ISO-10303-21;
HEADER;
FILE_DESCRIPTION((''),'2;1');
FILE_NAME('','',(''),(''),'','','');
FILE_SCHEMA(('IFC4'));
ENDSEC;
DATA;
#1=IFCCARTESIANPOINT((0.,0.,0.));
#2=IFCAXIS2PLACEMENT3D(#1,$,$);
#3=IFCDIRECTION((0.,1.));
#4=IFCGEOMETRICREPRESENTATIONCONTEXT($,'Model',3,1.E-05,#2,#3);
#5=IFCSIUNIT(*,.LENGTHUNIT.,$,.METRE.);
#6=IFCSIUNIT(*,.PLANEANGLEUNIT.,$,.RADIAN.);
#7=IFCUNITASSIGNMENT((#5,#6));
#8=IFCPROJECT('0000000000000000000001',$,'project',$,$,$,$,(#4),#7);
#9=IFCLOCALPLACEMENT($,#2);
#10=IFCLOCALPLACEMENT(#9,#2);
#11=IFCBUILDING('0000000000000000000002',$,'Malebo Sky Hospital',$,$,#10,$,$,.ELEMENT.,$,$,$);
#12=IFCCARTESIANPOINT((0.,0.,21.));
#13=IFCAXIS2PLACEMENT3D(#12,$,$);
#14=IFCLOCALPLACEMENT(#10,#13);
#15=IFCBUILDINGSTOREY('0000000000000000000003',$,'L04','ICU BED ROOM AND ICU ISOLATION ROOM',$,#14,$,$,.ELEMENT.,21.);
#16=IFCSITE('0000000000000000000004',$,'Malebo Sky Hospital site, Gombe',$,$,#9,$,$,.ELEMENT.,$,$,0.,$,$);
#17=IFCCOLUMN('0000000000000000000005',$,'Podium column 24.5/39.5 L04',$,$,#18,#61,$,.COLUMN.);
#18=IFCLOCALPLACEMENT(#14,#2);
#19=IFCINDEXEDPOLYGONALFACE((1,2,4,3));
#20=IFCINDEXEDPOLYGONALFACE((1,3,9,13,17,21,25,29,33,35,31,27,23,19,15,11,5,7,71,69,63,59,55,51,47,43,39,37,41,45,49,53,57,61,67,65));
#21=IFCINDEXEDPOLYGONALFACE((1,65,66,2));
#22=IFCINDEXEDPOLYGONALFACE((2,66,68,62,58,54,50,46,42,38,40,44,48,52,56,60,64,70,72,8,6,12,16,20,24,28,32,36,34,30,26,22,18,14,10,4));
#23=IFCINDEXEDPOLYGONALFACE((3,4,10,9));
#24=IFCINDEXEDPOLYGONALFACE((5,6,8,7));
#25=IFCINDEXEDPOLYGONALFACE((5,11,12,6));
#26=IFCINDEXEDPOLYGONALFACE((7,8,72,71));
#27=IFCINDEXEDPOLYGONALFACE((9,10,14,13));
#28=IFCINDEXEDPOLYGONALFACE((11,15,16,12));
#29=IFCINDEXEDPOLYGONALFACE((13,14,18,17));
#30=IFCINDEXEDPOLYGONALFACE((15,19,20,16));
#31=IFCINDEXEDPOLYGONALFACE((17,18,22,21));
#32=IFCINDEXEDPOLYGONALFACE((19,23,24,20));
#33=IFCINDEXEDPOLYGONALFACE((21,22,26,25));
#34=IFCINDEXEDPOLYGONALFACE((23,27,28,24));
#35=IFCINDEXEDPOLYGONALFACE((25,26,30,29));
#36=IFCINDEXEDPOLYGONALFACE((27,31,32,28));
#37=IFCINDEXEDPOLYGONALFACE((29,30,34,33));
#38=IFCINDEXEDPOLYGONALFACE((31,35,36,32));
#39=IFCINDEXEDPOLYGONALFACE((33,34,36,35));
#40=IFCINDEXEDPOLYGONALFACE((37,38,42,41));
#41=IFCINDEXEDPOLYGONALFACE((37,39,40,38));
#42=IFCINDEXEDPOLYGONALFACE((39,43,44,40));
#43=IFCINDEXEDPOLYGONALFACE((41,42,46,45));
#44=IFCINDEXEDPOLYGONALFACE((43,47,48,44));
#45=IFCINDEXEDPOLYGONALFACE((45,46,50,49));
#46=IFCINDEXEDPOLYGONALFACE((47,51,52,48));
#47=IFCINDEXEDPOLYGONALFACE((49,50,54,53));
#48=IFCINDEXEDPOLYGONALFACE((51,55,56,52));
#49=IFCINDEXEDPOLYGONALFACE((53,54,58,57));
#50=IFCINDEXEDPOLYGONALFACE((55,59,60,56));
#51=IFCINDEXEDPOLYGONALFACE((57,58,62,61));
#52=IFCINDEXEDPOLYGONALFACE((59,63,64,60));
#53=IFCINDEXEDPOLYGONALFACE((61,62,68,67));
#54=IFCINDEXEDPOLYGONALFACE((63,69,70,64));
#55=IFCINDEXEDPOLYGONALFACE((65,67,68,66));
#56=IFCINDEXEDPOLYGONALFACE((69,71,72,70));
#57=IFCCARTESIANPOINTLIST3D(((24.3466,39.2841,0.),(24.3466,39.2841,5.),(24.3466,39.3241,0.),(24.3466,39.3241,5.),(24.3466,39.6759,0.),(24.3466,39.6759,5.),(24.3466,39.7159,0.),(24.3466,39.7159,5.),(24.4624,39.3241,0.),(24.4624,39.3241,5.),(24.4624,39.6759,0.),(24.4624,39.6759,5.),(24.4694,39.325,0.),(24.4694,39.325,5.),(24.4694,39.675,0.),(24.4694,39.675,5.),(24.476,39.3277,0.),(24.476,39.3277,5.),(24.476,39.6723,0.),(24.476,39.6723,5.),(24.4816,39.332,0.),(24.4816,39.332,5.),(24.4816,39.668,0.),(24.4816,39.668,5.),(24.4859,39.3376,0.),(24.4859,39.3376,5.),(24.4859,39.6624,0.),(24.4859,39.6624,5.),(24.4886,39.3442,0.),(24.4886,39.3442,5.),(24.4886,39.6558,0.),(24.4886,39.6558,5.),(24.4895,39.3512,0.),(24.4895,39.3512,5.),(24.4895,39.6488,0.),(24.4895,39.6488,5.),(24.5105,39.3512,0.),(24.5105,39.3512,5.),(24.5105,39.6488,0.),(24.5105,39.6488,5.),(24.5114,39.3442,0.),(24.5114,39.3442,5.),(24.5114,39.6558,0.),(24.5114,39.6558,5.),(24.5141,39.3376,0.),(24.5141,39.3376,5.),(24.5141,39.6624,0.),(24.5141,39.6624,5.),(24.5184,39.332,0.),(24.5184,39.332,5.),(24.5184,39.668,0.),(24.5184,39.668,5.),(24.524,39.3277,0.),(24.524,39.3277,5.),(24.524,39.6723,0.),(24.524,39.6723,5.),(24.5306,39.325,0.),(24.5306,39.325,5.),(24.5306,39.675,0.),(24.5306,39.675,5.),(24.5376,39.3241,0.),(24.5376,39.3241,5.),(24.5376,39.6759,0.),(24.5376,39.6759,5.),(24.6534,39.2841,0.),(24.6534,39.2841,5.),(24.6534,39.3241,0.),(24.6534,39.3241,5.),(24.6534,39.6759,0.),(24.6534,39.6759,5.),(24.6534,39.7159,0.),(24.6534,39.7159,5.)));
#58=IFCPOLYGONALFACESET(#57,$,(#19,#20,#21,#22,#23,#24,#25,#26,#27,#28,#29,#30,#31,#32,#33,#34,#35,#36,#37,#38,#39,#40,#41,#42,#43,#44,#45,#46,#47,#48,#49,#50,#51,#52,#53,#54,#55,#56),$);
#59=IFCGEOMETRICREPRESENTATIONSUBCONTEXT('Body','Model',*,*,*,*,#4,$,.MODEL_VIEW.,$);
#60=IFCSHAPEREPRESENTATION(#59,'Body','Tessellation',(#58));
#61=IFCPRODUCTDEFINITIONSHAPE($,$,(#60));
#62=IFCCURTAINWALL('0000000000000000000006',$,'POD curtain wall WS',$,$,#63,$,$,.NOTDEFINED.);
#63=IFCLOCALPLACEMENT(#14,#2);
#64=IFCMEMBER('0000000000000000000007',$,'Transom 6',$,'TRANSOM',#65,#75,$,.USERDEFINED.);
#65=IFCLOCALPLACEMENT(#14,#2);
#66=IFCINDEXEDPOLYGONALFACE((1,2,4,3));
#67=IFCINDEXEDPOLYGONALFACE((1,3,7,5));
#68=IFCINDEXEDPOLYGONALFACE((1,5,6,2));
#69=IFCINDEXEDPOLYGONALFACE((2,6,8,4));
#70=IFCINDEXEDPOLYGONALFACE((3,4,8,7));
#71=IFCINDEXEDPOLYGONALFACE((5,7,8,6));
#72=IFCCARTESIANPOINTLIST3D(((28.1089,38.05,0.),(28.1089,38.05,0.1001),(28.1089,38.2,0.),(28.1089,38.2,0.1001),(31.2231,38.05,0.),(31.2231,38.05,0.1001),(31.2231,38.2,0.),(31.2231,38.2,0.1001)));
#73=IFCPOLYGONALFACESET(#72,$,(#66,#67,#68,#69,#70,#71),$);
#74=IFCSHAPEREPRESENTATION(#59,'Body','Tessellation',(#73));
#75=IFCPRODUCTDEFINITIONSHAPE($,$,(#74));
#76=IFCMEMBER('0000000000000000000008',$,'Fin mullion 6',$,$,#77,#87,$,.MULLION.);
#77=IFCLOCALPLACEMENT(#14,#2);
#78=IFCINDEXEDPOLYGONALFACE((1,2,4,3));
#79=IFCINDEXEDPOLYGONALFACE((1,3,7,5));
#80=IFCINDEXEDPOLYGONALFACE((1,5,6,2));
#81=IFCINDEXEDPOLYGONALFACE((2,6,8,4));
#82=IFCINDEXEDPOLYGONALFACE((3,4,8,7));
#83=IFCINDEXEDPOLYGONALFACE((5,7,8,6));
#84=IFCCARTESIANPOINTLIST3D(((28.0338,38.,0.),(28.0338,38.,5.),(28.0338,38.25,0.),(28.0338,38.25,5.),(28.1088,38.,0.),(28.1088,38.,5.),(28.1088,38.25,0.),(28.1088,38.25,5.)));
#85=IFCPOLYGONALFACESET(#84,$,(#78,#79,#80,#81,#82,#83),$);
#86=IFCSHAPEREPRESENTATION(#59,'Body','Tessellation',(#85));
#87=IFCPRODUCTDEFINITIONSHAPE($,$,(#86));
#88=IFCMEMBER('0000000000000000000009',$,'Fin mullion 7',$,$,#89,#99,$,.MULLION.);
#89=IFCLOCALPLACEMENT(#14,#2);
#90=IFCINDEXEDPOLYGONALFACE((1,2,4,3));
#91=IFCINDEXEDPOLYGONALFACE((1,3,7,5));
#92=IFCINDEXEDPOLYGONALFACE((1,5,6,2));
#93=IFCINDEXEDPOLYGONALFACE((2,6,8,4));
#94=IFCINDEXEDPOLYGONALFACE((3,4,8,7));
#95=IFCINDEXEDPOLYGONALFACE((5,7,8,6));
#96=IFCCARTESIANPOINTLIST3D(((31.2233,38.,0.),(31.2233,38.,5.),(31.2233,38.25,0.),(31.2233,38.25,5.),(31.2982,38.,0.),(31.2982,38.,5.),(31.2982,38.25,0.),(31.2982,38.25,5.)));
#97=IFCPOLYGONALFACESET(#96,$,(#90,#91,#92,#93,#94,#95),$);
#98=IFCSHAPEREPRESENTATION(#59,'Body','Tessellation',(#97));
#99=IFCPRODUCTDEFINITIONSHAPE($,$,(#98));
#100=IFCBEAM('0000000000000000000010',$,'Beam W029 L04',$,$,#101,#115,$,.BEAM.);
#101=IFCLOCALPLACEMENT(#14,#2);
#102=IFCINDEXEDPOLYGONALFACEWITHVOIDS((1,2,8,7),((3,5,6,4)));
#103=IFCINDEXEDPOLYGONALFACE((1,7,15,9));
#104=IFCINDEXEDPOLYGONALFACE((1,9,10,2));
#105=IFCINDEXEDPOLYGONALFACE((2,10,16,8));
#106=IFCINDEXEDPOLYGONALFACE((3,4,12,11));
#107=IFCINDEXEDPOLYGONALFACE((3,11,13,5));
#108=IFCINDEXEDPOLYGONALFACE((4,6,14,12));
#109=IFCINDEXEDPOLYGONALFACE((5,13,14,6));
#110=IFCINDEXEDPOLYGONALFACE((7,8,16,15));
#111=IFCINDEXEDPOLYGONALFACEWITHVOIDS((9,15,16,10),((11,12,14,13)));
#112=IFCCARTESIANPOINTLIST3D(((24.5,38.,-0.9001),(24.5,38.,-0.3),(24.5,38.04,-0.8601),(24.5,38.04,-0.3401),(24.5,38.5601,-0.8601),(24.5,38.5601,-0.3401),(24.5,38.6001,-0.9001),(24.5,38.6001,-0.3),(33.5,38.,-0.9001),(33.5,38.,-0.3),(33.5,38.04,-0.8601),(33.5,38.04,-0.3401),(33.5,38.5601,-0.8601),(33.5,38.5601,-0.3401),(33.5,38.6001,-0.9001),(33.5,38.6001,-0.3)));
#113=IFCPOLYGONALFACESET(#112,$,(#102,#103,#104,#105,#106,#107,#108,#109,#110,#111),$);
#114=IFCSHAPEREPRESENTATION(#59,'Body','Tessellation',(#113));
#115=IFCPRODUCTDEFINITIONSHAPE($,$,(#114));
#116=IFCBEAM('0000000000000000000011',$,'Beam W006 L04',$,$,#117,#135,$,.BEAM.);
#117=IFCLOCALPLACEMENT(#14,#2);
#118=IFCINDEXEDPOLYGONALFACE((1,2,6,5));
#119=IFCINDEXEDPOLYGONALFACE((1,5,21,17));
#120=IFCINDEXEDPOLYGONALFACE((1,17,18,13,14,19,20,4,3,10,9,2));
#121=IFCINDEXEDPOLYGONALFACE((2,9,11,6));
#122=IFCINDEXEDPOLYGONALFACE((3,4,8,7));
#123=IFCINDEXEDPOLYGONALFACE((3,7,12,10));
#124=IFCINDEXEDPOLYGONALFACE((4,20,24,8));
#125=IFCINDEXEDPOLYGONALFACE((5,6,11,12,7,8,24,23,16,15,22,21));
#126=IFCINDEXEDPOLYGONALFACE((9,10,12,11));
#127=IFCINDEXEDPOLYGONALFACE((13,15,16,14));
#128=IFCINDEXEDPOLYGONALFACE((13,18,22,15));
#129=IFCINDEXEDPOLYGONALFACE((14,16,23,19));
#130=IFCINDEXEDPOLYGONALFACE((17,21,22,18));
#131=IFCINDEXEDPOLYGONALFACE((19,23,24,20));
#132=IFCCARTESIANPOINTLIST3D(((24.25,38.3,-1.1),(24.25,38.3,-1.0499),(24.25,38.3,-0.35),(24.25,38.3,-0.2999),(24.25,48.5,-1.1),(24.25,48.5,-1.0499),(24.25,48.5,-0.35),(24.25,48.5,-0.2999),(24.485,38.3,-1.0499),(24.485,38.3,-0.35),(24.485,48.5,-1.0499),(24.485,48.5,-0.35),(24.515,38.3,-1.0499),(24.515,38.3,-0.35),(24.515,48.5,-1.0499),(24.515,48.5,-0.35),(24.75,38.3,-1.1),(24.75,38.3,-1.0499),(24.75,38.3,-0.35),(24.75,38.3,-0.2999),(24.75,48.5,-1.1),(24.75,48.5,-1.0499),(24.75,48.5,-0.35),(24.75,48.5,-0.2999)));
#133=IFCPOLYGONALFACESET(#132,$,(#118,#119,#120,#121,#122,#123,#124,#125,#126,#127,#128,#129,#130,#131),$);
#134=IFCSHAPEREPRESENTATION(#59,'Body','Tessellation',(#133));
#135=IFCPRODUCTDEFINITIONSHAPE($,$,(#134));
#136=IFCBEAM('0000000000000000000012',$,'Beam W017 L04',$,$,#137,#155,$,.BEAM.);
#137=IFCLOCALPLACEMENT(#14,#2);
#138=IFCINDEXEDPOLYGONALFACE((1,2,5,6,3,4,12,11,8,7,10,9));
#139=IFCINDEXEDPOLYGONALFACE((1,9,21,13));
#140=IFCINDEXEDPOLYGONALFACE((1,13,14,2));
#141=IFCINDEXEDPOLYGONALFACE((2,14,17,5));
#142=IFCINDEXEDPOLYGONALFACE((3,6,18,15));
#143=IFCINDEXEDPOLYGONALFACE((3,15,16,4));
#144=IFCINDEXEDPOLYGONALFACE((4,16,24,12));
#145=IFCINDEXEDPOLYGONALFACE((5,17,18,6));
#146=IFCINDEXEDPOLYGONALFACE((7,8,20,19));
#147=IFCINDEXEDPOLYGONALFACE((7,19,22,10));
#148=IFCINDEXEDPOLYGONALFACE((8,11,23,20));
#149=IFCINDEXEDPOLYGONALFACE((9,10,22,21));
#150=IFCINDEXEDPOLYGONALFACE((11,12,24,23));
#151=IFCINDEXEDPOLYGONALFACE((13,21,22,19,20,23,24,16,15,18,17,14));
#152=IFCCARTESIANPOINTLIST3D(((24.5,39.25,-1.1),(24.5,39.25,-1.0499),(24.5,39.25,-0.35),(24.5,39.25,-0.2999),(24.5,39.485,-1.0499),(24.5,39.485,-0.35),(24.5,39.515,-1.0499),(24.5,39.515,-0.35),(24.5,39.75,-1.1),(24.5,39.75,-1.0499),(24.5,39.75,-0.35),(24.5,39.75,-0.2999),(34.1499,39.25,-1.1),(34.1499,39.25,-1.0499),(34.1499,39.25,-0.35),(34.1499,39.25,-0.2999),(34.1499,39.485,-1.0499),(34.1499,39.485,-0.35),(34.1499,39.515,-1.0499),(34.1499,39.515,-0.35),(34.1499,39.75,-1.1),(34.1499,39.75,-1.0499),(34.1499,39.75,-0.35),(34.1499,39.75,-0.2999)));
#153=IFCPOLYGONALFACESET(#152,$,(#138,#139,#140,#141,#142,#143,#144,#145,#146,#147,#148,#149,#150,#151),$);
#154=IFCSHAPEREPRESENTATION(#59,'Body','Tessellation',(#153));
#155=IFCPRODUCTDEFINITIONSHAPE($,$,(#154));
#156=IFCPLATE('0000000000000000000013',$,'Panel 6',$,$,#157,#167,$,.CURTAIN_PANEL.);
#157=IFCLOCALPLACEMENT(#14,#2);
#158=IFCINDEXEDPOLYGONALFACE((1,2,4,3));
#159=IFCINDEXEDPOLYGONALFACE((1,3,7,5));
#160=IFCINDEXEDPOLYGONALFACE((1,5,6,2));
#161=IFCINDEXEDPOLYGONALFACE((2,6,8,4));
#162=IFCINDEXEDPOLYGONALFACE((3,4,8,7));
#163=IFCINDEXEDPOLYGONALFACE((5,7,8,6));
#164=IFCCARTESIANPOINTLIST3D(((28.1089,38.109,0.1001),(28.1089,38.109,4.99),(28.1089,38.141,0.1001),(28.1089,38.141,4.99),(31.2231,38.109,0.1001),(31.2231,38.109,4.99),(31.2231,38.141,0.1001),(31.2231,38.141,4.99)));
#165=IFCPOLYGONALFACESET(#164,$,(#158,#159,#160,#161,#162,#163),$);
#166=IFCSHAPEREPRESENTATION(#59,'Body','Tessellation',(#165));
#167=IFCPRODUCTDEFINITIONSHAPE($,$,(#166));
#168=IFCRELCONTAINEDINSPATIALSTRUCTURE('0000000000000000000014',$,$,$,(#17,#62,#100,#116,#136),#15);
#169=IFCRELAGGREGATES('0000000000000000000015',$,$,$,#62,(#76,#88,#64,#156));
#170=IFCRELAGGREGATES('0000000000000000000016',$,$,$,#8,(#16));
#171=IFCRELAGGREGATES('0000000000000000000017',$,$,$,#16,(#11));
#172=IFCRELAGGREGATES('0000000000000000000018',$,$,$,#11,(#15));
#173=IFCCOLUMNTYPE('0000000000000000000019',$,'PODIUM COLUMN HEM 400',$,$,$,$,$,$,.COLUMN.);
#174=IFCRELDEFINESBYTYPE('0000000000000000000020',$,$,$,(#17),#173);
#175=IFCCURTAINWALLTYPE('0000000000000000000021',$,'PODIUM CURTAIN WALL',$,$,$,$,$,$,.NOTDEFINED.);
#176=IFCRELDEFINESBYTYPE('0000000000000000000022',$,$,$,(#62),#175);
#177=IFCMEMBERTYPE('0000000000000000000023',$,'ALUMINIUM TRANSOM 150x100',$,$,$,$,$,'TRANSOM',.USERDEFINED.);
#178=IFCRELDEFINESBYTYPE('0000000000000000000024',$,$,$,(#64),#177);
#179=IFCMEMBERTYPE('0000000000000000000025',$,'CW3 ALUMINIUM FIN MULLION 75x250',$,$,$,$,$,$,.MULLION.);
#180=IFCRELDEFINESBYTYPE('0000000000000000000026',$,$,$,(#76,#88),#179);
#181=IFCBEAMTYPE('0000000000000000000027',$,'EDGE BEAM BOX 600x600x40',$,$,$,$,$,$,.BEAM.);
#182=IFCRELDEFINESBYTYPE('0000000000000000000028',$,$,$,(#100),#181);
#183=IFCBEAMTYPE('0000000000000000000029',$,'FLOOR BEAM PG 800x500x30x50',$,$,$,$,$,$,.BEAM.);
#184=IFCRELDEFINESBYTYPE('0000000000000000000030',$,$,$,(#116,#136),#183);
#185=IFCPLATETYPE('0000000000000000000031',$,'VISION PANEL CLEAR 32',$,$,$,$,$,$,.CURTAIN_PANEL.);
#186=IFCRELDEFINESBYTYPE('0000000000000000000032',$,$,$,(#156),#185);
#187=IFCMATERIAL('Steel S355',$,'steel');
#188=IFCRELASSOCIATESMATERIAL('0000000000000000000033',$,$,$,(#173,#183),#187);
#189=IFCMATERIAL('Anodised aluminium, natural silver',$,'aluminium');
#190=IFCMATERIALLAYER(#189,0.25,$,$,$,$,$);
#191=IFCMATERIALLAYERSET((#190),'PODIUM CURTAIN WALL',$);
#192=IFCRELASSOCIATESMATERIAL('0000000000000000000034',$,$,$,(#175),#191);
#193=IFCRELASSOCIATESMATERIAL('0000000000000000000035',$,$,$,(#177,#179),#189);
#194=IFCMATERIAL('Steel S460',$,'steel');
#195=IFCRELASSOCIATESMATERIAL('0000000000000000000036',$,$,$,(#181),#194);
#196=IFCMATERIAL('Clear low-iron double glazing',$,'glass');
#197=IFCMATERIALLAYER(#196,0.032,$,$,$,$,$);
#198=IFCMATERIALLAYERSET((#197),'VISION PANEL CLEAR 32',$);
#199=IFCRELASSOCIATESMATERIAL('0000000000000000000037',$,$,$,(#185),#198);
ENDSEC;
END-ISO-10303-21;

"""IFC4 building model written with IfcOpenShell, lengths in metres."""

from ifc_helpers import new_model, si_unit, direction, frame, origin, origin_2d, place, context, subcontext, project, spatial, rectangle, hollow_rectangle, i_section, extrude, material, layer, layer_set, material_profile, profile_set, type_object, element, aggregate, save


model = new_model("IFC4")

# Units and contexts
model_context = context("Model", 3, precision=1e-05, world=origin(), true_north=direction((0.0, 1.0)))
body_context = subcontext(model_context, "Body", "Model", "MODEL_VIEW")
ifc_project = project(units=[si_unit("LENGTHUNIT", "METRE"), si_unit("PLANEANGLEUNIT", "RADIAN")], contexts=[model_context])

# Site, building, storey
site_placement = place(None, origin())
site = spatial("IfcSite", under=ifc_project, at=site_placement, Name="Malebo Sky Hospital site, Gombe", CompositionType="ELEMENT", RefElevation=0.0)
building_placement = place(site_placement, origin())
building = spatial("IfcBuilding", under=site, at=building_placement, Name="Malebo Sky Hospital", CompositionType="ELEMENT")
storey_placement = place(building_placement, frame((0.0, 0.0, 21.0)))
storey = spatial("IfcBuildingStorey", under=building, at=storey_placement, Name="L04", Description="ICU BED ROOM AND ICU ISOLATION ROOM", CompositionType="ELEMENT", Elevation=21.0)

# Column
ifc_material_1 = material(Name="Steel S355", Category="steel")
ifc_material_profile_1 = material_profile(ifc_material_1, i_section(OverallWidth=0.3069, OverallDepth=0.4319, WebThickness=0.021, FlangeThickness=0.04, FilletRadius=0.0271, at=origin_2d()), Name="HEM 400")
ifc_profile_set_1 = profile_set([ifc_material_profile_1], Name="Steel S355")
column_type = type_object("IfcColumnType", Name="PODIUM COLUMN HEM 400", PredefinedType="COLUMN", material=ifc_profile_set_1)
column_placement = place(storey_placement, frame((24.5, 39.5, 0.0), z_axis=(0.0, 0.0, 1.0), x_axis=(1.0, 0.0, 0.0)))
element("IfcColumn", 1, at=column_placement, inside=storey, type_object=column_type, Name="Podium column 24.5/39.5 L04", PredefinedType="COLUMN", context=body_context, shape_type="SweptSolid", body=[
    extrude(i_section(OverallWidth=0.3069, OverallDepth=0.4319, WebThickness=0.021, FlangeThickness=0.04, FilletRadius=0.0271, at=origin_2d()), origin(), (0.0, 0.0, 1.0), 5.0),
])

# Curtain wall, members
ifc_material_2 = material(Name="Anodised aluminium, natural silver", Category="aluminium")
ifc_layer_1 = layer(ifc_material_2, 0.25)
ifc_layer_set_1 = layer_set([ifc_layer_1], Name="PODIUM CURTAIN WALL")
curtain_wall_type = type_object("IfcCurtainWallType", Name="PODIUM CURTAIN WALL", PredefinedType="NOTDEFINED", material=ifc_layer_set_1)
curtain_wall_placement = place(storey_placement, origin())
curtain_wall = element("IfcCurtainWall", 2, at=curtain_wall_placement, inside=storey, type_object=curtain_wall_type, Name="POD curtain wall WS", PredefinedType="NOTDEFINED")
ifc_material_profile_2 = material_profile(ifc_material_2, rectangle(XDim=0.1499, YDim=0.1001, at=origin_2d()), Name="ALUMINIUM TRANSOM 150x100")
ifc_profile_set_2 = profile_set([ifc_material_profile_2], Name="Anodised aluminium, natural silver")
member_type_1 = type_object("IfcMemberType", Name="ALUMINIUM TRANSOM 150x100", ElementType="TRANSOM", PredefinedType="USERDEFINED", material=ifc_profile_set_2)
member_1_placement = place(storey_placement, frame((28.1089, 38.125, 0.05), z_axis=(1.0, 0.0, 0.0), x_axis=(0.0, 1.0, 0.0)))
member_1 = element("IfcMember", 3, at=member_1_placement, type_object=member_type_1, Name="Transom 6", ObjectType="TRANSOM", PredefinedType="USERDEFINED", context=body_context, shape_type="SweptSolid", body=[
    extrude(rectangle(XDim=0.1499, YDim=0.1001, at=origin_2d()), origin(), (0.0, 0.0, 1.0), 3.1143),
])
ifc_material_profile_3 = material_profile(ifc_material_2, rectangle(XDim=0.075, YDim=0.25, at=origin_2d()), Name="CW3 ALUMINIUM FIN MULLION 75x250")
ifc_profile_set_3 = profile_set([ifc_material_profile_3], Name="Anodised aluminium, natural silver")
member_type_2 = type_object("IfcMemberType", Name="CW3 ALUMINIUM FIN MULLION 75x250", PredefinedType="MULLION", material=ifc_profile_set_3)
member_2_placement = place(storey_placement, frame((28.0713, 38.125, 0.0), z_axis=(0.0, 0.0, 1.0), x_axis=(1.0, 0.0, 0.0)))
member_2 = element("IfcMember", 4, at=member_2_placement, type_object=member_type_2, Name="Fin mullion 6", PredefinedType="MULLION", context=body_context, shape_type="SweptSolid", body=[
    extrude(rectangle(XDim=0.075, YDim=0.25, at=origin_2d()), origin(), (0.0, 0.0, 1.0), 5.0),
])
member_3_placement = place(storey_placement, frame((31.2607, 38.125, 0.0), z_axis=(0.0, 0.0, 1.0), x_axis=(1.0, 0.0, 0.0)))
member_3 = element("IfcMember", 5, at=member_3_placement, type_object=member_type_2, Name="Fin mullion 7", PredefinedType="MULLION", context=body_context, shape_type="SweptSolid", body=[
    extrude(rectangle(XDim=0.075, YDim=0.25, at=origin_2d()), origin(), (0.0, 0.0, 1.0), 5.0),
])

# Beams
ifc_material_3 = material(Name="Steel S460", Category="steel")
ifc_material_profile_4 = material_profile(ifc_material_3, hollow_rectangle(XDim=0.6001, YDim=0.6001, WallThickness=0.04, at=origin_2d()), Name="BOX 600x600x40")
ifc_profile_set_4 = profile_set([ifc_material_profile_4], Name="Steel S460")
beam_type_1 = type_object("IfcBeamType", Name="EDGE BEAM BOX 600x600x40", PredefinedType="BEAM", material=ifc_profile_set_4)
beam_1_placement = place(storey_placement, frame((24.5, 38.3, -0.6001), z_axis=(1.0, 0.0, 0.0), x_axis=(0.0, 1.0, 0.0)))
element("IfcBeam", 6, at=beam_1_placement, inside=storey, type_object=beam_type_1, Name="Beam W029 L04", PredefinedType="BEAM", context=body_context, shape_type="SweptSolid", body=[
    extrude(hollow_rectangle(XDim=0.6001, YDim=0.6001, WallThickness=0.04, at=origin_2d()), origin(), (0.0, 0.0, 1.0), 9.0),
])
ifc_material_profile_5 = material_profile(ifc_material_1, i_section(OverallWidth=0.5, OverallDepth=0.8, WebThickness=0.03, FlangeThickness=0.05, at=origin_2d()), Name="PG 800x500x30x50")
ifc_profile_set_5 = profile_set([ifc_material_profile_5], Name="Steel S355")
beam_type_2 = type_object("IfcBeamType", Name="FLOOR BEAM PG 800x500x30x50", PredefinedType="BEAM", material=ifc_profile_set_5)
beam_2_placement = place(storey_placement, frame((24.5, 38.3, -0.7), z_axis=(0.0, 1.0, 0.0), x_axis=(-1.0, 0.0, 0.0)))
element("IfcBeam", 7, at=beam_2_placement, inside=storey, type_object=beam_type_2, Name="Beam W006 L04", PredefinedType="BEAM", context=body_context, shape_type="SweptSolid", body=[
    extrude(i_section(OverallWidth=0.5, OverallDepth=0.8, WebThickness=0.03, FlangeThickness=0.05, at=origin_2d()), origin(), (0.0, 0.0, 1.0), 10.2),
])
beam_3_placement = place(storey_placement, frame((24.5, 39.5, -0.7), z_axis=(1.0, 0.0, 0.0), x_axis=(0.0, 1.0, 0.0)))
element("IfcBeam", 8, at=beam_3_placement, inside=storey, type_object=beam_type_2, Name="Beam W017 L04", PredefinedType="BEAM", context=body_context, shape_type="SweptSolid", body=[
    extrude(i_section(OverallWidth=0.5, OverallDepth=0.8, WebThickness=0.03, FlangeThickness=0.05, at=origin_2d()), origin(), (0.0, 0.0, 1.0), 9.6499),
])

# Plate
ifc_material_4 = material(Name="Clear low-iron double glazing", Category="glass")
ifc_layer_2 = layer(ifc_material_4, 0.032)
ifc_layer_set_2 = layer_set([ifc_layer_2], Name="VISION PANEL CLEAR 32")
plate_type = type_object("IfcPlateType", Name="VISION PANEL CLEAR 32", PredefinedType="CURTAIN_PANEL", material=ifc_layer_set_2)
plate_placement = place(storey_placement, frame((29.666, 38.125, 0.1001), z_axis=(0.0, 0.0, 1.0), x_axis=(1.0, 0.0, 0.0)))
plate = element("IfcPlate", 9, at=plate_placement, type_object=plate_type, Name="Panel 6", PredefinedType="CURTAIN_PANEL", context=body_context, shape_type="SweptSolid", body=[
    extrude(rectangle(XDim=3.1143, YDim=0.032, at=origin_2d()), origin(), (0.0, 0.0, 1.0), 4.8899),
])
aggregate(curtain_wall, [member_2, member_3, member_1, plate])

save(model, "model.ifc")
